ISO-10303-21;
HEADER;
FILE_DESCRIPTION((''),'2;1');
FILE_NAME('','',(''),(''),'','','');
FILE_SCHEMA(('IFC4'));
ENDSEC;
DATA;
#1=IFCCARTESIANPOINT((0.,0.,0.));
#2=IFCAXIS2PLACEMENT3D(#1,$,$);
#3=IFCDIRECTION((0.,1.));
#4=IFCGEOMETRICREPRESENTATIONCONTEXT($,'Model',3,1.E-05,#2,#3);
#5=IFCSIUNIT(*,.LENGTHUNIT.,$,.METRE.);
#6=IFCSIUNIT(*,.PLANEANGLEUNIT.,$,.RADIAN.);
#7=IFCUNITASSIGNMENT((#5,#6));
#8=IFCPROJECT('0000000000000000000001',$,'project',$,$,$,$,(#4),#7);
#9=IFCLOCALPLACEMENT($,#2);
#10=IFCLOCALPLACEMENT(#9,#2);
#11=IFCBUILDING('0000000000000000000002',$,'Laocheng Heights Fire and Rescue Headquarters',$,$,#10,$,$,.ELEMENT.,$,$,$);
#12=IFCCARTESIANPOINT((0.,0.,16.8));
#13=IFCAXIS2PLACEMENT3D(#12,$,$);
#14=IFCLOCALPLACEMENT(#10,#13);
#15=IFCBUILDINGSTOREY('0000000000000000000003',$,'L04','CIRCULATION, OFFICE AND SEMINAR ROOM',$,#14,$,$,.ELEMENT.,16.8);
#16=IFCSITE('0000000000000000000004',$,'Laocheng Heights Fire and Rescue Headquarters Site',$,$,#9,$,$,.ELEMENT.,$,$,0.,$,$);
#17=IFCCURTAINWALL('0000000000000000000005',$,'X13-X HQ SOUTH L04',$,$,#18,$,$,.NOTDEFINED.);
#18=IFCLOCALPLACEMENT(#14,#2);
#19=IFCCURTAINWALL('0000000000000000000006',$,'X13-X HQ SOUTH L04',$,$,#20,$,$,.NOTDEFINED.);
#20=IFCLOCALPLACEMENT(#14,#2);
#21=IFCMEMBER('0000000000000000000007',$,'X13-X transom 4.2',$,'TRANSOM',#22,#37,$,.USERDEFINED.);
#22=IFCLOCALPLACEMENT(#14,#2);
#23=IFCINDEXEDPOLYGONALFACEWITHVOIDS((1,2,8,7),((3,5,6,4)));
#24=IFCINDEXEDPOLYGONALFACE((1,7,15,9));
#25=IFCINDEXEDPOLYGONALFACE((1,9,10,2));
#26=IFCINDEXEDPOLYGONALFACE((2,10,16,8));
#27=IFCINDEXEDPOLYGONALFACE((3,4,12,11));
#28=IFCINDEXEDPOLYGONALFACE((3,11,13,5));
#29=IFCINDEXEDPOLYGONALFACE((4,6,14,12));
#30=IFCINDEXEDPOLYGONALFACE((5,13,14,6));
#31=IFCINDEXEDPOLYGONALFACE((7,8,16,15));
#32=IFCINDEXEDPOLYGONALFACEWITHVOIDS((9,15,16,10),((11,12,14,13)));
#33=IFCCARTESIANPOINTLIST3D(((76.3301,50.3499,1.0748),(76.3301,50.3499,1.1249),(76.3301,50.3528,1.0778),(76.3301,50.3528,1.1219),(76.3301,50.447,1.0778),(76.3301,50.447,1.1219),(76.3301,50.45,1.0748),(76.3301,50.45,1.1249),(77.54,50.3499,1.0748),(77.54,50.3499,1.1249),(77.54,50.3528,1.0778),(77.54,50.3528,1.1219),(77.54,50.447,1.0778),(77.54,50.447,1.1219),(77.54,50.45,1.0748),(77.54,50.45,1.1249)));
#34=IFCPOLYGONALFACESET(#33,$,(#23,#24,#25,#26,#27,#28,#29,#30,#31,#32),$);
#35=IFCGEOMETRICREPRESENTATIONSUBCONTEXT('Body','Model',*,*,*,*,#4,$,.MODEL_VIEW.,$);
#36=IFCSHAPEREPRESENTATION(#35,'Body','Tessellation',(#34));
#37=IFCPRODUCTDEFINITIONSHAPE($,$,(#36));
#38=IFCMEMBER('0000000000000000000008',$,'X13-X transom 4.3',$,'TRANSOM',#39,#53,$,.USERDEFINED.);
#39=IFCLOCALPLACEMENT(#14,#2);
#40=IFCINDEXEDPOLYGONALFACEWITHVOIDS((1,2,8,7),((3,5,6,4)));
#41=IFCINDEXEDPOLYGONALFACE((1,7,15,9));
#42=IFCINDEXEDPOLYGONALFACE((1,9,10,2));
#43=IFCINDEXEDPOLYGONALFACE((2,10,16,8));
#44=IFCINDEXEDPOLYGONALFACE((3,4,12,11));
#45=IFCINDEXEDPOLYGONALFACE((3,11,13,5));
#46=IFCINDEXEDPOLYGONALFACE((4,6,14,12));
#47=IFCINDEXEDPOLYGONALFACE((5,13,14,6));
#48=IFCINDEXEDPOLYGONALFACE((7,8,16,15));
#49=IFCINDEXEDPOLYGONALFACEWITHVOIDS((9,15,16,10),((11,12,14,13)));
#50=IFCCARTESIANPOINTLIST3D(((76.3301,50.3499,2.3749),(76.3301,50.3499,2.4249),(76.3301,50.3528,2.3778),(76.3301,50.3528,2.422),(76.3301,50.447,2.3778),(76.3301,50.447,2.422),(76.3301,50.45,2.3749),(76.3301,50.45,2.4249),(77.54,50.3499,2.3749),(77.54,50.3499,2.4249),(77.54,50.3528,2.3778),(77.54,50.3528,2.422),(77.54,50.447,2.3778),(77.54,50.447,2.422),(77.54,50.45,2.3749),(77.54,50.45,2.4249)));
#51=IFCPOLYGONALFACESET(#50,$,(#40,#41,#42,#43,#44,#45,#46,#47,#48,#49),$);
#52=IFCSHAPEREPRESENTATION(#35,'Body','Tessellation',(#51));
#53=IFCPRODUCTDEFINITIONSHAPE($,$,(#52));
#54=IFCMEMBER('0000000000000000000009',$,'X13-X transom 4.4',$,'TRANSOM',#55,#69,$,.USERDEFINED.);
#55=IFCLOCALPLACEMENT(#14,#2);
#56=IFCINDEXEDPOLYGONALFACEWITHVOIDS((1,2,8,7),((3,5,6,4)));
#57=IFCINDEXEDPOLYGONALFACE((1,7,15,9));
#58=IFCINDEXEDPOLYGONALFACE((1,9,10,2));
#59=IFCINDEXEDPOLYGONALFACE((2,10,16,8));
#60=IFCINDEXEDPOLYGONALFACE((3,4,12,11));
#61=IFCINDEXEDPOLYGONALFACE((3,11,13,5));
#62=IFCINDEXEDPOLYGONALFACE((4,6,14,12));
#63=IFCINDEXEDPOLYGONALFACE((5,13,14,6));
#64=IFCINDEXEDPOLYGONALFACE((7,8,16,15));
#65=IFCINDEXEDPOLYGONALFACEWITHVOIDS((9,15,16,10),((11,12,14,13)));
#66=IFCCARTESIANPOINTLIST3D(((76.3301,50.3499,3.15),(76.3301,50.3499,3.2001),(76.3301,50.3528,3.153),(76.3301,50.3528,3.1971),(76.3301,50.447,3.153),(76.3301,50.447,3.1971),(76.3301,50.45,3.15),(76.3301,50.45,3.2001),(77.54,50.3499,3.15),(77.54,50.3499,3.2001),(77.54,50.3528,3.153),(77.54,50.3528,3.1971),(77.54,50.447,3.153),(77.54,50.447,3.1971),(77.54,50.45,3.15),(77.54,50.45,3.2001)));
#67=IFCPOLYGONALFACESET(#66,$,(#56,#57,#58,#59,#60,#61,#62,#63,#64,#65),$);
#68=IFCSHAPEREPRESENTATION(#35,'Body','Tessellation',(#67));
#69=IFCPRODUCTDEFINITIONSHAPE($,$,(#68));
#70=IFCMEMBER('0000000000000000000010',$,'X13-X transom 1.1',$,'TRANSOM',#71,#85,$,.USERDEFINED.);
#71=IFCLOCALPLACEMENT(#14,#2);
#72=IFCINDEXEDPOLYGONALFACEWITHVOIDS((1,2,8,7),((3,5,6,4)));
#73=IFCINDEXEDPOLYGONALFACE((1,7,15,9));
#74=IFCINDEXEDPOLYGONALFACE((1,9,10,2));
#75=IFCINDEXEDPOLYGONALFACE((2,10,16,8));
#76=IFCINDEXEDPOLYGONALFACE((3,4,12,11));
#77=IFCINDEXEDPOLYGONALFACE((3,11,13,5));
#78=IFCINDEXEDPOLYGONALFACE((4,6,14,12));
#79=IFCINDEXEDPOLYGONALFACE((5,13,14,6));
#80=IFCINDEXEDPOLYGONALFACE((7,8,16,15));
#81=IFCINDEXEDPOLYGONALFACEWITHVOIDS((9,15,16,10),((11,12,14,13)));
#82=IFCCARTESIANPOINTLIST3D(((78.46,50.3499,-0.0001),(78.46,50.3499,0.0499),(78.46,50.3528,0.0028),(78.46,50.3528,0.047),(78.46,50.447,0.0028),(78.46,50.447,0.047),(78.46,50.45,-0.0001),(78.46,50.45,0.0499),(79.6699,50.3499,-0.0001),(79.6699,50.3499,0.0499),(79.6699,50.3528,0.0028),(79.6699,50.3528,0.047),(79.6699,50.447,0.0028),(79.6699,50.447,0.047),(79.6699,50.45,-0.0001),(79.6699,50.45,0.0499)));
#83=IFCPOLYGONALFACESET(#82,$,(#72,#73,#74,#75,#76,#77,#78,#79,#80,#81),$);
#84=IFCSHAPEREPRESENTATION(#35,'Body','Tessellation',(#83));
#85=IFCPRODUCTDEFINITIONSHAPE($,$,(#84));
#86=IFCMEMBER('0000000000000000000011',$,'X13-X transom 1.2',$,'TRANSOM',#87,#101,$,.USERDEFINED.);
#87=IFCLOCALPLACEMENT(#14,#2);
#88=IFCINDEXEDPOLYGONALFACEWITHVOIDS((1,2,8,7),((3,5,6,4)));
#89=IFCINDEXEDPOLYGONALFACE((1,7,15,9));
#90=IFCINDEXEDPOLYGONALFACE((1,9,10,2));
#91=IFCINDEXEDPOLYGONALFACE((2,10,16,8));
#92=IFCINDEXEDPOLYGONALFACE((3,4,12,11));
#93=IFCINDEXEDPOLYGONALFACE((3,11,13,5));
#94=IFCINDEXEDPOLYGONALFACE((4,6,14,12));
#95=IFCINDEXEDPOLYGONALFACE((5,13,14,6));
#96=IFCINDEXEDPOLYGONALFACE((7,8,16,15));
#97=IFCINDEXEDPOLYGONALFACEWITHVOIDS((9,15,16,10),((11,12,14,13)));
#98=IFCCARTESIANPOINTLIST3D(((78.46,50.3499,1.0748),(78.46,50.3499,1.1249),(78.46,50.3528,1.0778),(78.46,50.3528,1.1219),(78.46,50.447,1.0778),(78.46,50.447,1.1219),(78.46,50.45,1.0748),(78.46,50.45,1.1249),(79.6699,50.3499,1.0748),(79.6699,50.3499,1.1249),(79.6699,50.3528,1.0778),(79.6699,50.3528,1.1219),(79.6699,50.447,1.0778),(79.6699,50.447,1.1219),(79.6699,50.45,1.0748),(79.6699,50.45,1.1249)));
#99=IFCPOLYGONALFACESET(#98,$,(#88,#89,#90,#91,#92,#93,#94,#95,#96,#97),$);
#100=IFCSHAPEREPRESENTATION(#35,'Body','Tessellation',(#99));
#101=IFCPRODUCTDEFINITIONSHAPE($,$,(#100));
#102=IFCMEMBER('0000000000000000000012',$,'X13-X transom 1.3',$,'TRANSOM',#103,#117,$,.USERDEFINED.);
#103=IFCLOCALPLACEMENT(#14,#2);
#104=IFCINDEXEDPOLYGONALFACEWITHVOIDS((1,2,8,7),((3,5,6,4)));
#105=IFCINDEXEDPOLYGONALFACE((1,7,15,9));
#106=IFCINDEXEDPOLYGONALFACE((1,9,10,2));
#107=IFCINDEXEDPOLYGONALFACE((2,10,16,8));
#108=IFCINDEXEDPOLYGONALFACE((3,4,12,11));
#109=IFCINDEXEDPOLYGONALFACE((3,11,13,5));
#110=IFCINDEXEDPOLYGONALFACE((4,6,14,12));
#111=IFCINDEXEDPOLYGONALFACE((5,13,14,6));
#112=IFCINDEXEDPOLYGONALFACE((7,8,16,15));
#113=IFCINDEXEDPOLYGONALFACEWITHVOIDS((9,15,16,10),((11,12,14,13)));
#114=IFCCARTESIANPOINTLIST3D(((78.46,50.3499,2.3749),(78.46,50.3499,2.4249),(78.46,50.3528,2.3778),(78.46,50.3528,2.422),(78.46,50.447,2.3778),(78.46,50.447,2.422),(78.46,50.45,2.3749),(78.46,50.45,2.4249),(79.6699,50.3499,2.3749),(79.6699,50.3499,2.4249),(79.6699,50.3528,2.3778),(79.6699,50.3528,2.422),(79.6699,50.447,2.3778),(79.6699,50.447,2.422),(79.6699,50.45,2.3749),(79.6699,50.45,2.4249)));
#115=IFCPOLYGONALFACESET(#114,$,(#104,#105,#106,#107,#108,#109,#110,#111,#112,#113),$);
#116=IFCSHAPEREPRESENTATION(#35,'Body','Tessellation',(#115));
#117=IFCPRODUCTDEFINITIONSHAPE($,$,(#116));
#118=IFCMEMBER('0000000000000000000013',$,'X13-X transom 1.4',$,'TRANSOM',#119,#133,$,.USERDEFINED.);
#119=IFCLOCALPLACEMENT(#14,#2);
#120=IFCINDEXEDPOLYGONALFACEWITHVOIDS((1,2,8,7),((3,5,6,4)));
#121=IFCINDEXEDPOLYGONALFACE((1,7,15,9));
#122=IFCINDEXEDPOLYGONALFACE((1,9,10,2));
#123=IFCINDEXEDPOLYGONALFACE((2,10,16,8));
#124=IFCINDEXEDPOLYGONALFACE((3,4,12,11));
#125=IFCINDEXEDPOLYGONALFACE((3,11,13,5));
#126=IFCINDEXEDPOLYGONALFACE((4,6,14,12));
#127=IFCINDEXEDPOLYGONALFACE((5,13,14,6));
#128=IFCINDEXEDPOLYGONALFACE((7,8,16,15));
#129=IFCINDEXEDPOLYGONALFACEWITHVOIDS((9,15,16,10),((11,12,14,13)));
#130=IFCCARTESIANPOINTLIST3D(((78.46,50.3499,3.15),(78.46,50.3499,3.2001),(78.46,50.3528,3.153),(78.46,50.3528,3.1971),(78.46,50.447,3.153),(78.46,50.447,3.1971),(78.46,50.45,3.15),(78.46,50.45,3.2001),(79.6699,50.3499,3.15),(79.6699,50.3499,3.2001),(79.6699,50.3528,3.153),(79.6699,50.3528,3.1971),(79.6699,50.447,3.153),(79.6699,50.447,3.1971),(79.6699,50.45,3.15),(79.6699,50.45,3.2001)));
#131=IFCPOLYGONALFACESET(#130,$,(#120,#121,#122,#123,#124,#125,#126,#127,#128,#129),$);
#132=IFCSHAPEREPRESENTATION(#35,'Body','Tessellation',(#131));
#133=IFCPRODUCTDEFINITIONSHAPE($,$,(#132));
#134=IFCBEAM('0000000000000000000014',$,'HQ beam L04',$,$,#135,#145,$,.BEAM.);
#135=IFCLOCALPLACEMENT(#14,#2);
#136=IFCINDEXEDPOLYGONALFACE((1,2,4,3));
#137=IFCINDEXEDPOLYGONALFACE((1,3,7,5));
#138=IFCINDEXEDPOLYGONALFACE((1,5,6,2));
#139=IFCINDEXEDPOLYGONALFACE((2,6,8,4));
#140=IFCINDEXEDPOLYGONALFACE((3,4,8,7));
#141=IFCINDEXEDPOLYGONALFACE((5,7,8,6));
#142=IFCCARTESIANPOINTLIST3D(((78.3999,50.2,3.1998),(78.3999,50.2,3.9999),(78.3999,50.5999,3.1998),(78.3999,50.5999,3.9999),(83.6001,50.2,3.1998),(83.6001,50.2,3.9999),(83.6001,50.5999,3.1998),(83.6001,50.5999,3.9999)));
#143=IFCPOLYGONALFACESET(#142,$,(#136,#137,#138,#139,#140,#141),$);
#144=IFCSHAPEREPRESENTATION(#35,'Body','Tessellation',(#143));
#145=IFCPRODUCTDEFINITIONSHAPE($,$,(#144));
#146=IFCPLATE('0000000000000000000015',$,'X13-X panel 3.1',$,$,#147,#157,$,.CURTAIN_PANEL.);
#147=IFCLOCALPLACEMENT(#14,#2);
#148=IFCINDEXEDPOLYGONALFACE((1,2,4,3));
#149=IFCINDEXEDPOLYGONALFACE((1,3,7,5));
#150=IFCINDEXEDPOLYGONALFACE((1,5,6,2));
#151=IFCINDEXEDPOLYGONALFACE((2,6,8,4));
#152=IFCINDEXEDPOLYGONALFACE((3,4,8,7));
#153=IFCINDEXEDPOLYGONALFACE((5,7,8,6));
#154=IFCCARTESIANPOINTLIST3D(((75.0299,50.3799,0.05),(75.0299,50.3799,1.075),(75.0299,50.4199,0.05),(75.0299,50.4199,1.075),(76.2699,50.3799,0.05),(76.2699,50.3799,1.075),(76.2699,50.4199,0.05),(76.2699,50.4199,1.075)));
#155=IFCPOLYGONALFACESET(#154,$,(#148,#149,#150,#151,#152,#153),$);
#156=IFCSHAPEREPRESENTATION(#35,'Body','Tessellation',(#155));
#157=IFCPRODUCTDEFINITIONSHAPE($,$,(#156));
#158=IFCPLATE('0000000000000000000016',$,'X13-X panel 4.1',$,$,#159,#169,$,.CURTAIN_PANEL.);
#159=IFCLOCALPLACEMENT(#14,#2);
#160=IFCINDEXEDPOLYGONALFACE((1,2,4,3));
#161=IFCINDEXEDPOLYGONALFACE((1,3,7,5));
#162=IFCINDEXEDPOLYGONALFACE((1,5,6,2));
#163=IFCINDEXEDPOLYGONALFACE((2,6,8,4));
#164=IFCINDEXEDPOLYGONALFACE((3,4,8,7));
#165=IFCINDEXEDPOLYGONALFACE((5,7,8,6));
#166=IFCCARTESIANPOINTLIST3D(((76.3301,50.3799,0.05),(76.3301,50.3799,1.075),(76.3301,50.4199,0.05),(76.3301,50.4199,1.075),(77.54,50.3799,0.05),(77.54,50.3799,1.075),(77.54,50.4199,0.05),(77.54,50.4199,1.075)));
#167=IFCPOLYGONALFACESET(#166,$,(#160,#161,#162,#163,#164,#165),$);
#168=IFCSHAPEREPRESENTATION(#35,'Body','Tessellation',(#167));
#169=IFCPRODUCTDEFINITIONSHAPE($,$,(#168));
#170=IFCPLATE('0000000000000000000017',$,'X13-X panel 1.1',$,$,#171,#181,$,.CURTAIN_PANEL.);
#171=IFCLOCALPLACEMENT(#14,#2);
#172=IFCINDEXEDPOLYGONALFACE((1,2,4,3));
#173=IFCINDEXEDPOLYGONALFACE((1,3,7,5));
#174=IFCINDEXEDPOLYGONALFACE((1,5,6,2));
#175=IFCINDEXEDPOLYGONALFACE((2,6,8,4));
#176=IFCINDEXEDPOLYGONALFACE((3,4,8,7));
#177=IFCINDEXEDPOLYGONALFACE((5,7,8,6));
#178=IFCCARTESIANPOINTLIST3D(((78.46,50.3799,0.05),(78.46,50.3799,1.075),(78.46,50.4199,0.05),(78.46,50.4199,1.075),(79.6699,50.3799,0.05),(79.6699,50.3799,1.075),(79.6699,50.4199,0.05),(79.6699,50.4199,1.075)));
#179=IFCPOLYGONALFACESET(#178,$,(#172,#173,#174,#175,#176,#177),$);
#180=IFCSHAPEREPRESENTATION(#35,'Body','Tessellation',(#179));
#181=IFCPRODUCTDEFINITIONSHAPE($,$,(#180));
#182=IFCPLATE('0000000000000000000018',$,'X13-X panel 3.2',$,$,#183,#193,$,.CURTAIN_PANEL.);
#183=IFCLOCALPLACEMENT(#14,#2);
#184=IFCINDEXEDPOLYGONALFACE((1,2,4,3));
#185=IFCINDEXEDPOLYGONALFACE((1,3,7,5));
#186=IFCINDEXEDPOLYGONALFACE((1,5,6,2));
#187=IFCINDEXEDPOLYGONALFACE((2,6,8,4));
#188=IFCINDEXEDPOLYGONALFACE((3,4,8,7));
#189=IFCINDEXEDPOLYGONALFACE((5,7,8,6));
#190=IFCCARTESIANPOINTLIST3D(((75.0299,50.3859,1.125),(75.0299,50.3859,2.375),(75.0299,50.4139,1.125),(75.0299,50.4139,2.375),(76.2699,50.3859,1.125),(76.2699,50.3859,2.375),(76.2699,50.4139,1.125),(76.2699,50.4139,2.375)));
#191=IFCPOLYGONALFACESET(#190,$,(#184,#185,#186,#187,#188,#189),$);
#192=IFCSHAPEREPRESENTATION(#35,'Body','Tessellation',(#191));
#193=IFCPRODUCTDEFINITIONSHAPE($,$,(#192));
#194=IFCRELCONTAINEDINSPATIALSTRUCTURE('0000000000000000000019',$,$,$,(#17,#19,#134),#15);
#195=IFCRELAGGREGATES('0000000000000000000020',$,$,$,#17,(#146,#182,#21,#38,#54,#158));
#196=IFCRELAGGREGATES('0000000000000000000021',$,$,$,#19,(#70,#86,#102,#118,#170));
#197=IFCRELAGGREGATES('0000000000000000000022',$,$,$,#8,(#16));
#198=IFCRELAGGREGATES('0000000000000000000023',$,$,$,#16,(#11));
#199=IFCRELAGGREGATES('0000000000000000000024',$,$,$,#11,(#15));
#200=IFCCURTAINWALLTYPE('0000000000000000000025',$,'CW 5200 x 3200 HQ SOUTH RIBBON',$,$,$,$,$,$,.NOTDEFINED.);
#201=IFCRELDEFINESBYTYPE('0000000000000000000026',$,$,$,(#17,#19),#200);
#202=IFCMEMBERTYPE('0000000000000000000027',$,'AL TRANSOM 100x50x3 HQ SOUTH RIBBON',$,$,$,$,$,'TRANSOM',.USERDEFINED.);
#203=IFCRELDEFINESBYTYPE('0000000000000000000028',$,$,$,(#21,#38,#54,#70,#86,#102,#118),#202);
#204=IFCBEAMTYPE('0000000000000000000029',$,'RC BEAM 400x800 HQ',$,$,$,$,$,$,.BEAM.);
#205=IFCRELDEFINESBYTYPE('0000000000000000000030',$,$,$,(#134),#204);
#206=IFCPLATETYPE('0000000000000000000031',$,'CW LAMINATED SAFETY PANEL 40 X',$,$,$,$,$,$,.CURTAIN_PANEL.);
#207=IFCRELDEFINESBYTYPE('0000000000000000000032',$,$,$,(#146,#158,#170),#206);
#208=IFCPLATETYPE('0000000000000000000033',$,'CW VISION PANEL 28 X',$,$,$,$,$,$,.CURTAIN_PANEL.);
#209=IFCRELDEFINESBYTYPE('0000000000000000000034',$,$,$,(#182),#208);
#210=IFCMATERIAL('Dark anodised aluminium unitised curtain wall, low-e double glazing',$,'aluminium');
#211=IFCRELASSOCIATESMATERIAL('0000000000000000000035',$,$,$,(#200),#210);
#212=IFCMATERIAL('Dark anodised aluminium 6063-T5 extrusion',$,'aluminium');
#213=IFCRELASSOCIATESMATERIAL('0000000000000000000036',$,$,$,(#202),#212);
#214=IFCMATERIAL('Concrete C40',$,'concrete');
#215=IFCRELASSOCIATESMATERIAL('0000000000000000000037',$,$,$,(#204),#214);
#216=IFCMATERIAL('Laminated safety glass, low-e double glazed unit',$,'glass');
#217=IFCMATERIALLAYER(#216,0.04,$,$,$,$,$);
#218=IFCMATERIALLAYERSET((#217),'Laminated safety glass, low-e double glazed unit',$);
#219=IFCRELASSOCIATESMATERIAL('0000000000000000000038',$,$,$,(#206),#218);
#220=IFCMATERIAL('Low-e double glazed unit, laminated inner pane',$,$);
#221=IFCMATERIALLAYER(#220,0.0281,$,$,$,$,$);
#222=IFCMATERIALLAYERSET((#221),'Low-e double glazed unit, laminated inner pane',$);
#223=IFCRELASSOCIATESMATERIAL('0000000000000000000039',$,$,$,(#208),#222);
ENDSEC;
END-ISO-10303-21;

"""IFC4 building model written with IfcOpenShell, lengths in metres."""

from ifc_helpers import new_model, si_unit, direction, frame, origin, origin_2d, place, context, subcontext, project, spatial, rectangle, hollow_rectangle, extrude, material, layer, layer_set, material_profile, profile_set, type_object, element, aggregate, save


model = new_model("IFC4")

# Units and contexts
model_context = context("Model", 3, precision=1e-05, world=origin(), true_north=direction((0.0, 1.0)))
body_context = subcontext(model_context, "Body", "Model", "MODEL_VIEW")
ifc_project = project(units=[si_unit("LENGTHUNIT", "METRE"), si_unit("PLANEANGLEUNIT", "RADIAN")], contexts=[model_context])

# Site, building, storey
site_placement = place(None, origin())
site = spatial("IfcSite", under=ifc_project, at=site_placement, Name="Laocheng Heights Fire and Rescue Headquarters Site", CompositionType="ELEMENT", RefElevation=0.0)
building_placement = place(site_placement, origin())
building = spatial("IfcBuilding", under=site, at=building_placement, Name="Laocheng Heights Fire and Rescue Headquarters", CompositionType="ELEMENT")
storey_placement = place(building_placement, frame((0.0, 0.0, 16.8)))
storey = spatial("IfcBuildingStorey", under=building, at=storey_placement, Name="L04", Description="CIRCULATION, OFFICE AND SEMINAR ROOM", CompositionType="ELEMENT", Elevation=16.8)

# Curtain walls
ifc_material_1 = material(Name="Dark anodised aluminium unitised curtain wall, low-e double glazing", Category="aluminium")
curtain_wall_type = type_object("IfcCurtainWallType", Name="CW 5200 x 3200 HQ SOUTH RIBBON", PredefinedType="NOTDEFINED", material=ifc_material_1)
curtain_wall_1_placement = place(storey_placement, origin())
curtain_wall_1 = element("IfcCurtainWall", 1, at=curtain_wall_1_placement, inside=storey, type_object=curtain_wall_type, Name="X13-X HQ SOUTH L04", PredefinedType="NOTDEFINED")
curtain_wall_2_placement = place(storey_placement, origin())
curtain_wall_2 = element("IfcCurtainWall", 2, at=curtain_wall_2_placement, inside=storey, type_object=curtain_wall_type, Name="X13-X HQ SOUTH L04", PredefinedType="NOTDEFINED")

# Members
ifc_material_2 = material(Name="Dark anodised aluminium 6063-T5 extrusion", Category="aluminium")
ifc_material_profile_1 = material_profile(ifc_material_2, hollow_rectangle(XDim=0.1001, YDim=0.05, WallThickness=0.0029, at=origin_2d()), Name="AL TRANSOM 100x50x3 HQ SOUTH RIBBON")
ifc_profile_set_1 = profile_set([ifc_material_profile_1], Name="Dark anodised aluminium 6063-T5 extrusion")
member_type_1 = type_object("IfcMemberType", Name="AL TRANSOM 100x50x3 HQ SOUTH RIBBON", ElementType="TRANSOM", PredefinedType="USERDEFINED", material=ifc_profile_set_1)
member_1_placement = place(storey_placement, frame((76.3301, 50.3999, 1.0999), z_axis=(1.0, 0.0, 0.0), x_axis=(0.0, 1.0, 0.0)))
member_1 = element("IfcMember", 3, at=member_1_placement, type_object=member_type_1, Name="X13-X transom 4.2", ObjectType="TRANSOM", PredefinedType="USERDEFINED", context=body_context, shape_type="SweptSolid", body=[
    extrude(hollow_rectangle(XDim=0.1001, YDim=0.05, WallThickness=0.0029, at=origin_2d()), origin(), (0.0, 0.0, 1.0), 1.21),
])
member_2_placement = place(storey_placement, frame((76.3301, 50.3999, 2.3999), z_axis=(1.0, 0.0, 0.0), x_axis=(0.0, 1.0, 0.0)))
member_2 = element("IfcMember", 4, at=member_2_placement, type_object=member_type_1, Name="X13-X transom 4.3", ObjectType="TRANSOM", PredefinedType="USERDEFINED", context=body_context, shape_type="SweptSolid", body=[
    extrude(hollow_rectangle(XDim=0.1001, YDim=0.05, WallThickness=0.0029, at=origin_2d()), origin(), (0.0, 0.0, 1.0), 1.21),
])
member_3_placement = place(storey_placement, frame((76.3301, 50.3999, 3.175), z_axis=(1.0, 0.0, 0.0), x_axis=(0.0, 1.0, 0.0)))
member_3 = element("IfcMember", 5, at=member_3_placement, type_object=member_type_1, Name="X13-X transom 4.4", ObjectType="TRANSOM", PredefinedType="USERDEFINED", context=body_context, shape_type="SweptSolid", body=[
    extrude(hollow_rectangle(XDim=0.1001, YDim=0.05, WallThickness=0.0029, at=origin_2d()), origin(), (0.0, 0.0, 1.0), 1.21),
])
member_4_placement = place(storey_placement, frame((78.46, 50.3999, 0.0249), z_axis=(1.0, 0.0, 0.0), x_axis=(0.0, 1.0, 0.0)))
member_4 = element("IfcMember", 6, at=member_4_placement, type_object=member_type_1, Name="X13-X transom 1.1", ObjectType="TRANSOM", PredefinedType="USERDEFINED", context=body_context, shape_type="SweptSolid", body=[
    extrude(hollow_rectangle(XDim=0.1001, YDim=0.05, WallThickness=0.0029, at=origin_2d()), origin(), (0.0, 0.0, 1.0), 1.21),
])
member_5_placement = place(storey_placement, frame((78.46, 50.3999, 1.0999), z_axis=(1.0, 0.0, 0.0), x_axis=(0.0, 1.0, 0.0)))
member_5 = element("IfcMember", 7, at=member_5_placement, type_object=member_type_1, Name="X13-X transom 1.2", ObjectType="TRANSOM", PredefinedType="USERDEFINED", context=body_context, shape_type="SweptSolid", body=[
    extrude(hollow_rectangle(XDim=0.1001, YDim=0.05, WallThickness=0.0029, at=origin_2d()), origin(), (0.0, 0.0, 1.0), 1.21),
])
member_6_placement = place(storey_placement, frame((78.46, 50.3999, 2.3999), z_axis=(1.0, 0.0, 0.0), x_axis=(0.0, 1.0, 0.0)))
member_6 = element("IfcMember", 8, at=member_6_placement, type_object=member_type_1, Name="X13-X transom 1.3", ObjectType="TRANSOM", PredefinedType="USERDEFINED", context=body_context, shape_type="SweptSolid", body=[
    extrude(hollow_rectangle(XDim=0.1001, YDim=0.05, WallThickness=0.0029, at=origin_2d()), origin(), (0.0, 0.0, 1.0), 1.21),
])
member_7_placement = place(storey_placement, frame((78.46, 50.3999, 3.175), z_axis=(1.0, 0.0, 0.0), x_axis=(0.0, 1.0, 0.0)))
member_7 = element("IfcMember", 9, at=member_7_placement, type_object=member_type_1, Name="X13-X transom 1.4", ObjectType="TRANSOM", PredefinedType="USERDEFINED", context=body_context, shape_type="SweptSolid", body=[
    extrude(hollow_rectangle(XDim=0.1001, YDim=0.05, WallThickness=0.0029, at=origin_2d()), origin(), (0.0, 0.0, 1.0), 1.21),
])

# Beam
ifc_material_3 = material(Name="Concrete C40", Category="concrete")
ifc_material_profile_2 = material_profile(ifc_material_3, rectangle(XDim=0.3999, YDim=0.8, at=origin_2d()), Name="RC BEAM 400x800 HQ")
ifc_profile_set_2 = profile_set([ifc_material_profile_2], Name="Concrete C40")
beam_type = type_object("IfcBeamType", Name="RC BEAM 400x800 HQ", PredefinedType="BEAM", material=ifc_profile_set_2)
beam_placement = place(storey_placement, frame((78.3999, 50.3999, 3.5999), z_axis=(1.0, 0.0, 0.0), x_axis=(0.0, 1.0, 0.0)))
element("IfcBeam", 10, at=beam_placement, inside=storey, type_object=beam_type, Name="HQ beam L04", PredefinedType="BEAM", context=body_context, shape_type="SweptSolid", body=[
    extrude(rectangle(XDim=0.3999, YDim=0.8, at=origin_2d()), origin(), (0.0, 0.0, 1.0), 5.2002),
])

# Plates
ifc_material_4 = material(Name="Laminated safety glass, low-e double glazed unit", Category="glass")
ifc_layer_1 = layer(ifc_material_4, 0.04)
ifc_layer_set_1 = layer_set([ifc_layer_1], Name="Laminated safety glass, low-e double glazed unit")
plate_type_1 = type_object("IfcPlateType", Name="CW LAMINATED SAFETY PANEL 40 X", PredefinedType="CURTAIN_PANEL", material=ifc_layer_set_1)
plate_1_placement = place(storey_placement, frame((75.6499, 50.3999, 0.05), z_axis=(0.0, 0.0, 1.0), x_axis=(1.0, 0.0, 0.0)))
plate_1 = element("IfcPlate", 11, at=plate_1_placement, type_object=plate_type_1, Name="X13-X panel 3.1", PredefinedType="CURTAIN_PANEL", context=body_context, shape_type="SweptSolid", body=[
    extrude(rectangle(XDim=1.24, YDim=0.04, at=origin_2d()), origin(), (0.0, 0.0, 1.0), 1.0249),
])
plate_2_placement = place(storey_placement, frame((76.9351, 50.3999, 0.05), z_axis=(0.0, 0.0, 1.0), x_axis=(1.0, 0.0, 0.0)))
plate_2 = element("IfcPlate", 12, at=plate_2_placement, type_object=plate_type_1, Name="X13-X panel 4.1", PredefinedType="CURTAIN_PANEL", context=body_context, shape_type="SweptSolid", body=[
    extrude(rectangle(XDim=1.21, YDim=0.04, at=origin_2d()), origin(), (0.0, 0.0, 1.0), 1.0249),
])
plate_3_placement = place(storey_placement, frame((79.0649, 50.3999, 0.05), z_axis=(0.0, 0.0, 1.0), x_axis=(1.0, 0.0, 0.0)))
plate_3 = element("IfcPlate", 13, at=plate_3_placement, type_object=plate_type_1, Name="X13-X panel 1.1", PredefinedType="CURTAIN_PANEL", context=body_context, shape_type="SweptSolid", body=[
    extrude(rectangle(XDim=1.21, YDim=0.04, at=origin_2d()), origin(), (0.0, 0.0, 1.0), 1.0249),
])
ifc_material_5 = material(Name="Low-e double glazed unit, laminated inner pane")
ifc_layer_2 = layer(ifc_material_5, 0.0281)
ifc_layer_set_2 = layer_set([ifc_layer_2], Name="Low-e double glazed unit, laminated inner pane")
plate_type_2 = type_object("IfcPlateType", Name="CW VISION PANEL 28 X", PredefinedType="CURTAIN_PANEL", material=ifc_layer_set_2)
plate_4_placement = place(storey_placement, frame((75.6499, 50.3999, 1.125), z_axis=(0.0, 0.0, 1.0), x_axis=(1.0, 0.0, 0.0)))
plate_4 = element("IfcPlate", 14, at=plate_4_placement, type_object=plate_type_2, Name="X13-X panel 3.2", PredefinedType="CURTAIN_PANEL", context=body_context, shape_type="SweptSolid", body=[
    extrude(rectangle(XDim=1.24, YDim=0.0281, at=origin_2d()), origin(), (0.0, 0.0, 1.0), 1.25),
])
aggregate(curtain_wall_1, [plate_1, plate_4, member_1, member_2, member_3, plate_2])
aggregate(curtain_wall_2, [member_4, member_5, member_6, member_7, plate_3])

save(model, "model.ifc")
